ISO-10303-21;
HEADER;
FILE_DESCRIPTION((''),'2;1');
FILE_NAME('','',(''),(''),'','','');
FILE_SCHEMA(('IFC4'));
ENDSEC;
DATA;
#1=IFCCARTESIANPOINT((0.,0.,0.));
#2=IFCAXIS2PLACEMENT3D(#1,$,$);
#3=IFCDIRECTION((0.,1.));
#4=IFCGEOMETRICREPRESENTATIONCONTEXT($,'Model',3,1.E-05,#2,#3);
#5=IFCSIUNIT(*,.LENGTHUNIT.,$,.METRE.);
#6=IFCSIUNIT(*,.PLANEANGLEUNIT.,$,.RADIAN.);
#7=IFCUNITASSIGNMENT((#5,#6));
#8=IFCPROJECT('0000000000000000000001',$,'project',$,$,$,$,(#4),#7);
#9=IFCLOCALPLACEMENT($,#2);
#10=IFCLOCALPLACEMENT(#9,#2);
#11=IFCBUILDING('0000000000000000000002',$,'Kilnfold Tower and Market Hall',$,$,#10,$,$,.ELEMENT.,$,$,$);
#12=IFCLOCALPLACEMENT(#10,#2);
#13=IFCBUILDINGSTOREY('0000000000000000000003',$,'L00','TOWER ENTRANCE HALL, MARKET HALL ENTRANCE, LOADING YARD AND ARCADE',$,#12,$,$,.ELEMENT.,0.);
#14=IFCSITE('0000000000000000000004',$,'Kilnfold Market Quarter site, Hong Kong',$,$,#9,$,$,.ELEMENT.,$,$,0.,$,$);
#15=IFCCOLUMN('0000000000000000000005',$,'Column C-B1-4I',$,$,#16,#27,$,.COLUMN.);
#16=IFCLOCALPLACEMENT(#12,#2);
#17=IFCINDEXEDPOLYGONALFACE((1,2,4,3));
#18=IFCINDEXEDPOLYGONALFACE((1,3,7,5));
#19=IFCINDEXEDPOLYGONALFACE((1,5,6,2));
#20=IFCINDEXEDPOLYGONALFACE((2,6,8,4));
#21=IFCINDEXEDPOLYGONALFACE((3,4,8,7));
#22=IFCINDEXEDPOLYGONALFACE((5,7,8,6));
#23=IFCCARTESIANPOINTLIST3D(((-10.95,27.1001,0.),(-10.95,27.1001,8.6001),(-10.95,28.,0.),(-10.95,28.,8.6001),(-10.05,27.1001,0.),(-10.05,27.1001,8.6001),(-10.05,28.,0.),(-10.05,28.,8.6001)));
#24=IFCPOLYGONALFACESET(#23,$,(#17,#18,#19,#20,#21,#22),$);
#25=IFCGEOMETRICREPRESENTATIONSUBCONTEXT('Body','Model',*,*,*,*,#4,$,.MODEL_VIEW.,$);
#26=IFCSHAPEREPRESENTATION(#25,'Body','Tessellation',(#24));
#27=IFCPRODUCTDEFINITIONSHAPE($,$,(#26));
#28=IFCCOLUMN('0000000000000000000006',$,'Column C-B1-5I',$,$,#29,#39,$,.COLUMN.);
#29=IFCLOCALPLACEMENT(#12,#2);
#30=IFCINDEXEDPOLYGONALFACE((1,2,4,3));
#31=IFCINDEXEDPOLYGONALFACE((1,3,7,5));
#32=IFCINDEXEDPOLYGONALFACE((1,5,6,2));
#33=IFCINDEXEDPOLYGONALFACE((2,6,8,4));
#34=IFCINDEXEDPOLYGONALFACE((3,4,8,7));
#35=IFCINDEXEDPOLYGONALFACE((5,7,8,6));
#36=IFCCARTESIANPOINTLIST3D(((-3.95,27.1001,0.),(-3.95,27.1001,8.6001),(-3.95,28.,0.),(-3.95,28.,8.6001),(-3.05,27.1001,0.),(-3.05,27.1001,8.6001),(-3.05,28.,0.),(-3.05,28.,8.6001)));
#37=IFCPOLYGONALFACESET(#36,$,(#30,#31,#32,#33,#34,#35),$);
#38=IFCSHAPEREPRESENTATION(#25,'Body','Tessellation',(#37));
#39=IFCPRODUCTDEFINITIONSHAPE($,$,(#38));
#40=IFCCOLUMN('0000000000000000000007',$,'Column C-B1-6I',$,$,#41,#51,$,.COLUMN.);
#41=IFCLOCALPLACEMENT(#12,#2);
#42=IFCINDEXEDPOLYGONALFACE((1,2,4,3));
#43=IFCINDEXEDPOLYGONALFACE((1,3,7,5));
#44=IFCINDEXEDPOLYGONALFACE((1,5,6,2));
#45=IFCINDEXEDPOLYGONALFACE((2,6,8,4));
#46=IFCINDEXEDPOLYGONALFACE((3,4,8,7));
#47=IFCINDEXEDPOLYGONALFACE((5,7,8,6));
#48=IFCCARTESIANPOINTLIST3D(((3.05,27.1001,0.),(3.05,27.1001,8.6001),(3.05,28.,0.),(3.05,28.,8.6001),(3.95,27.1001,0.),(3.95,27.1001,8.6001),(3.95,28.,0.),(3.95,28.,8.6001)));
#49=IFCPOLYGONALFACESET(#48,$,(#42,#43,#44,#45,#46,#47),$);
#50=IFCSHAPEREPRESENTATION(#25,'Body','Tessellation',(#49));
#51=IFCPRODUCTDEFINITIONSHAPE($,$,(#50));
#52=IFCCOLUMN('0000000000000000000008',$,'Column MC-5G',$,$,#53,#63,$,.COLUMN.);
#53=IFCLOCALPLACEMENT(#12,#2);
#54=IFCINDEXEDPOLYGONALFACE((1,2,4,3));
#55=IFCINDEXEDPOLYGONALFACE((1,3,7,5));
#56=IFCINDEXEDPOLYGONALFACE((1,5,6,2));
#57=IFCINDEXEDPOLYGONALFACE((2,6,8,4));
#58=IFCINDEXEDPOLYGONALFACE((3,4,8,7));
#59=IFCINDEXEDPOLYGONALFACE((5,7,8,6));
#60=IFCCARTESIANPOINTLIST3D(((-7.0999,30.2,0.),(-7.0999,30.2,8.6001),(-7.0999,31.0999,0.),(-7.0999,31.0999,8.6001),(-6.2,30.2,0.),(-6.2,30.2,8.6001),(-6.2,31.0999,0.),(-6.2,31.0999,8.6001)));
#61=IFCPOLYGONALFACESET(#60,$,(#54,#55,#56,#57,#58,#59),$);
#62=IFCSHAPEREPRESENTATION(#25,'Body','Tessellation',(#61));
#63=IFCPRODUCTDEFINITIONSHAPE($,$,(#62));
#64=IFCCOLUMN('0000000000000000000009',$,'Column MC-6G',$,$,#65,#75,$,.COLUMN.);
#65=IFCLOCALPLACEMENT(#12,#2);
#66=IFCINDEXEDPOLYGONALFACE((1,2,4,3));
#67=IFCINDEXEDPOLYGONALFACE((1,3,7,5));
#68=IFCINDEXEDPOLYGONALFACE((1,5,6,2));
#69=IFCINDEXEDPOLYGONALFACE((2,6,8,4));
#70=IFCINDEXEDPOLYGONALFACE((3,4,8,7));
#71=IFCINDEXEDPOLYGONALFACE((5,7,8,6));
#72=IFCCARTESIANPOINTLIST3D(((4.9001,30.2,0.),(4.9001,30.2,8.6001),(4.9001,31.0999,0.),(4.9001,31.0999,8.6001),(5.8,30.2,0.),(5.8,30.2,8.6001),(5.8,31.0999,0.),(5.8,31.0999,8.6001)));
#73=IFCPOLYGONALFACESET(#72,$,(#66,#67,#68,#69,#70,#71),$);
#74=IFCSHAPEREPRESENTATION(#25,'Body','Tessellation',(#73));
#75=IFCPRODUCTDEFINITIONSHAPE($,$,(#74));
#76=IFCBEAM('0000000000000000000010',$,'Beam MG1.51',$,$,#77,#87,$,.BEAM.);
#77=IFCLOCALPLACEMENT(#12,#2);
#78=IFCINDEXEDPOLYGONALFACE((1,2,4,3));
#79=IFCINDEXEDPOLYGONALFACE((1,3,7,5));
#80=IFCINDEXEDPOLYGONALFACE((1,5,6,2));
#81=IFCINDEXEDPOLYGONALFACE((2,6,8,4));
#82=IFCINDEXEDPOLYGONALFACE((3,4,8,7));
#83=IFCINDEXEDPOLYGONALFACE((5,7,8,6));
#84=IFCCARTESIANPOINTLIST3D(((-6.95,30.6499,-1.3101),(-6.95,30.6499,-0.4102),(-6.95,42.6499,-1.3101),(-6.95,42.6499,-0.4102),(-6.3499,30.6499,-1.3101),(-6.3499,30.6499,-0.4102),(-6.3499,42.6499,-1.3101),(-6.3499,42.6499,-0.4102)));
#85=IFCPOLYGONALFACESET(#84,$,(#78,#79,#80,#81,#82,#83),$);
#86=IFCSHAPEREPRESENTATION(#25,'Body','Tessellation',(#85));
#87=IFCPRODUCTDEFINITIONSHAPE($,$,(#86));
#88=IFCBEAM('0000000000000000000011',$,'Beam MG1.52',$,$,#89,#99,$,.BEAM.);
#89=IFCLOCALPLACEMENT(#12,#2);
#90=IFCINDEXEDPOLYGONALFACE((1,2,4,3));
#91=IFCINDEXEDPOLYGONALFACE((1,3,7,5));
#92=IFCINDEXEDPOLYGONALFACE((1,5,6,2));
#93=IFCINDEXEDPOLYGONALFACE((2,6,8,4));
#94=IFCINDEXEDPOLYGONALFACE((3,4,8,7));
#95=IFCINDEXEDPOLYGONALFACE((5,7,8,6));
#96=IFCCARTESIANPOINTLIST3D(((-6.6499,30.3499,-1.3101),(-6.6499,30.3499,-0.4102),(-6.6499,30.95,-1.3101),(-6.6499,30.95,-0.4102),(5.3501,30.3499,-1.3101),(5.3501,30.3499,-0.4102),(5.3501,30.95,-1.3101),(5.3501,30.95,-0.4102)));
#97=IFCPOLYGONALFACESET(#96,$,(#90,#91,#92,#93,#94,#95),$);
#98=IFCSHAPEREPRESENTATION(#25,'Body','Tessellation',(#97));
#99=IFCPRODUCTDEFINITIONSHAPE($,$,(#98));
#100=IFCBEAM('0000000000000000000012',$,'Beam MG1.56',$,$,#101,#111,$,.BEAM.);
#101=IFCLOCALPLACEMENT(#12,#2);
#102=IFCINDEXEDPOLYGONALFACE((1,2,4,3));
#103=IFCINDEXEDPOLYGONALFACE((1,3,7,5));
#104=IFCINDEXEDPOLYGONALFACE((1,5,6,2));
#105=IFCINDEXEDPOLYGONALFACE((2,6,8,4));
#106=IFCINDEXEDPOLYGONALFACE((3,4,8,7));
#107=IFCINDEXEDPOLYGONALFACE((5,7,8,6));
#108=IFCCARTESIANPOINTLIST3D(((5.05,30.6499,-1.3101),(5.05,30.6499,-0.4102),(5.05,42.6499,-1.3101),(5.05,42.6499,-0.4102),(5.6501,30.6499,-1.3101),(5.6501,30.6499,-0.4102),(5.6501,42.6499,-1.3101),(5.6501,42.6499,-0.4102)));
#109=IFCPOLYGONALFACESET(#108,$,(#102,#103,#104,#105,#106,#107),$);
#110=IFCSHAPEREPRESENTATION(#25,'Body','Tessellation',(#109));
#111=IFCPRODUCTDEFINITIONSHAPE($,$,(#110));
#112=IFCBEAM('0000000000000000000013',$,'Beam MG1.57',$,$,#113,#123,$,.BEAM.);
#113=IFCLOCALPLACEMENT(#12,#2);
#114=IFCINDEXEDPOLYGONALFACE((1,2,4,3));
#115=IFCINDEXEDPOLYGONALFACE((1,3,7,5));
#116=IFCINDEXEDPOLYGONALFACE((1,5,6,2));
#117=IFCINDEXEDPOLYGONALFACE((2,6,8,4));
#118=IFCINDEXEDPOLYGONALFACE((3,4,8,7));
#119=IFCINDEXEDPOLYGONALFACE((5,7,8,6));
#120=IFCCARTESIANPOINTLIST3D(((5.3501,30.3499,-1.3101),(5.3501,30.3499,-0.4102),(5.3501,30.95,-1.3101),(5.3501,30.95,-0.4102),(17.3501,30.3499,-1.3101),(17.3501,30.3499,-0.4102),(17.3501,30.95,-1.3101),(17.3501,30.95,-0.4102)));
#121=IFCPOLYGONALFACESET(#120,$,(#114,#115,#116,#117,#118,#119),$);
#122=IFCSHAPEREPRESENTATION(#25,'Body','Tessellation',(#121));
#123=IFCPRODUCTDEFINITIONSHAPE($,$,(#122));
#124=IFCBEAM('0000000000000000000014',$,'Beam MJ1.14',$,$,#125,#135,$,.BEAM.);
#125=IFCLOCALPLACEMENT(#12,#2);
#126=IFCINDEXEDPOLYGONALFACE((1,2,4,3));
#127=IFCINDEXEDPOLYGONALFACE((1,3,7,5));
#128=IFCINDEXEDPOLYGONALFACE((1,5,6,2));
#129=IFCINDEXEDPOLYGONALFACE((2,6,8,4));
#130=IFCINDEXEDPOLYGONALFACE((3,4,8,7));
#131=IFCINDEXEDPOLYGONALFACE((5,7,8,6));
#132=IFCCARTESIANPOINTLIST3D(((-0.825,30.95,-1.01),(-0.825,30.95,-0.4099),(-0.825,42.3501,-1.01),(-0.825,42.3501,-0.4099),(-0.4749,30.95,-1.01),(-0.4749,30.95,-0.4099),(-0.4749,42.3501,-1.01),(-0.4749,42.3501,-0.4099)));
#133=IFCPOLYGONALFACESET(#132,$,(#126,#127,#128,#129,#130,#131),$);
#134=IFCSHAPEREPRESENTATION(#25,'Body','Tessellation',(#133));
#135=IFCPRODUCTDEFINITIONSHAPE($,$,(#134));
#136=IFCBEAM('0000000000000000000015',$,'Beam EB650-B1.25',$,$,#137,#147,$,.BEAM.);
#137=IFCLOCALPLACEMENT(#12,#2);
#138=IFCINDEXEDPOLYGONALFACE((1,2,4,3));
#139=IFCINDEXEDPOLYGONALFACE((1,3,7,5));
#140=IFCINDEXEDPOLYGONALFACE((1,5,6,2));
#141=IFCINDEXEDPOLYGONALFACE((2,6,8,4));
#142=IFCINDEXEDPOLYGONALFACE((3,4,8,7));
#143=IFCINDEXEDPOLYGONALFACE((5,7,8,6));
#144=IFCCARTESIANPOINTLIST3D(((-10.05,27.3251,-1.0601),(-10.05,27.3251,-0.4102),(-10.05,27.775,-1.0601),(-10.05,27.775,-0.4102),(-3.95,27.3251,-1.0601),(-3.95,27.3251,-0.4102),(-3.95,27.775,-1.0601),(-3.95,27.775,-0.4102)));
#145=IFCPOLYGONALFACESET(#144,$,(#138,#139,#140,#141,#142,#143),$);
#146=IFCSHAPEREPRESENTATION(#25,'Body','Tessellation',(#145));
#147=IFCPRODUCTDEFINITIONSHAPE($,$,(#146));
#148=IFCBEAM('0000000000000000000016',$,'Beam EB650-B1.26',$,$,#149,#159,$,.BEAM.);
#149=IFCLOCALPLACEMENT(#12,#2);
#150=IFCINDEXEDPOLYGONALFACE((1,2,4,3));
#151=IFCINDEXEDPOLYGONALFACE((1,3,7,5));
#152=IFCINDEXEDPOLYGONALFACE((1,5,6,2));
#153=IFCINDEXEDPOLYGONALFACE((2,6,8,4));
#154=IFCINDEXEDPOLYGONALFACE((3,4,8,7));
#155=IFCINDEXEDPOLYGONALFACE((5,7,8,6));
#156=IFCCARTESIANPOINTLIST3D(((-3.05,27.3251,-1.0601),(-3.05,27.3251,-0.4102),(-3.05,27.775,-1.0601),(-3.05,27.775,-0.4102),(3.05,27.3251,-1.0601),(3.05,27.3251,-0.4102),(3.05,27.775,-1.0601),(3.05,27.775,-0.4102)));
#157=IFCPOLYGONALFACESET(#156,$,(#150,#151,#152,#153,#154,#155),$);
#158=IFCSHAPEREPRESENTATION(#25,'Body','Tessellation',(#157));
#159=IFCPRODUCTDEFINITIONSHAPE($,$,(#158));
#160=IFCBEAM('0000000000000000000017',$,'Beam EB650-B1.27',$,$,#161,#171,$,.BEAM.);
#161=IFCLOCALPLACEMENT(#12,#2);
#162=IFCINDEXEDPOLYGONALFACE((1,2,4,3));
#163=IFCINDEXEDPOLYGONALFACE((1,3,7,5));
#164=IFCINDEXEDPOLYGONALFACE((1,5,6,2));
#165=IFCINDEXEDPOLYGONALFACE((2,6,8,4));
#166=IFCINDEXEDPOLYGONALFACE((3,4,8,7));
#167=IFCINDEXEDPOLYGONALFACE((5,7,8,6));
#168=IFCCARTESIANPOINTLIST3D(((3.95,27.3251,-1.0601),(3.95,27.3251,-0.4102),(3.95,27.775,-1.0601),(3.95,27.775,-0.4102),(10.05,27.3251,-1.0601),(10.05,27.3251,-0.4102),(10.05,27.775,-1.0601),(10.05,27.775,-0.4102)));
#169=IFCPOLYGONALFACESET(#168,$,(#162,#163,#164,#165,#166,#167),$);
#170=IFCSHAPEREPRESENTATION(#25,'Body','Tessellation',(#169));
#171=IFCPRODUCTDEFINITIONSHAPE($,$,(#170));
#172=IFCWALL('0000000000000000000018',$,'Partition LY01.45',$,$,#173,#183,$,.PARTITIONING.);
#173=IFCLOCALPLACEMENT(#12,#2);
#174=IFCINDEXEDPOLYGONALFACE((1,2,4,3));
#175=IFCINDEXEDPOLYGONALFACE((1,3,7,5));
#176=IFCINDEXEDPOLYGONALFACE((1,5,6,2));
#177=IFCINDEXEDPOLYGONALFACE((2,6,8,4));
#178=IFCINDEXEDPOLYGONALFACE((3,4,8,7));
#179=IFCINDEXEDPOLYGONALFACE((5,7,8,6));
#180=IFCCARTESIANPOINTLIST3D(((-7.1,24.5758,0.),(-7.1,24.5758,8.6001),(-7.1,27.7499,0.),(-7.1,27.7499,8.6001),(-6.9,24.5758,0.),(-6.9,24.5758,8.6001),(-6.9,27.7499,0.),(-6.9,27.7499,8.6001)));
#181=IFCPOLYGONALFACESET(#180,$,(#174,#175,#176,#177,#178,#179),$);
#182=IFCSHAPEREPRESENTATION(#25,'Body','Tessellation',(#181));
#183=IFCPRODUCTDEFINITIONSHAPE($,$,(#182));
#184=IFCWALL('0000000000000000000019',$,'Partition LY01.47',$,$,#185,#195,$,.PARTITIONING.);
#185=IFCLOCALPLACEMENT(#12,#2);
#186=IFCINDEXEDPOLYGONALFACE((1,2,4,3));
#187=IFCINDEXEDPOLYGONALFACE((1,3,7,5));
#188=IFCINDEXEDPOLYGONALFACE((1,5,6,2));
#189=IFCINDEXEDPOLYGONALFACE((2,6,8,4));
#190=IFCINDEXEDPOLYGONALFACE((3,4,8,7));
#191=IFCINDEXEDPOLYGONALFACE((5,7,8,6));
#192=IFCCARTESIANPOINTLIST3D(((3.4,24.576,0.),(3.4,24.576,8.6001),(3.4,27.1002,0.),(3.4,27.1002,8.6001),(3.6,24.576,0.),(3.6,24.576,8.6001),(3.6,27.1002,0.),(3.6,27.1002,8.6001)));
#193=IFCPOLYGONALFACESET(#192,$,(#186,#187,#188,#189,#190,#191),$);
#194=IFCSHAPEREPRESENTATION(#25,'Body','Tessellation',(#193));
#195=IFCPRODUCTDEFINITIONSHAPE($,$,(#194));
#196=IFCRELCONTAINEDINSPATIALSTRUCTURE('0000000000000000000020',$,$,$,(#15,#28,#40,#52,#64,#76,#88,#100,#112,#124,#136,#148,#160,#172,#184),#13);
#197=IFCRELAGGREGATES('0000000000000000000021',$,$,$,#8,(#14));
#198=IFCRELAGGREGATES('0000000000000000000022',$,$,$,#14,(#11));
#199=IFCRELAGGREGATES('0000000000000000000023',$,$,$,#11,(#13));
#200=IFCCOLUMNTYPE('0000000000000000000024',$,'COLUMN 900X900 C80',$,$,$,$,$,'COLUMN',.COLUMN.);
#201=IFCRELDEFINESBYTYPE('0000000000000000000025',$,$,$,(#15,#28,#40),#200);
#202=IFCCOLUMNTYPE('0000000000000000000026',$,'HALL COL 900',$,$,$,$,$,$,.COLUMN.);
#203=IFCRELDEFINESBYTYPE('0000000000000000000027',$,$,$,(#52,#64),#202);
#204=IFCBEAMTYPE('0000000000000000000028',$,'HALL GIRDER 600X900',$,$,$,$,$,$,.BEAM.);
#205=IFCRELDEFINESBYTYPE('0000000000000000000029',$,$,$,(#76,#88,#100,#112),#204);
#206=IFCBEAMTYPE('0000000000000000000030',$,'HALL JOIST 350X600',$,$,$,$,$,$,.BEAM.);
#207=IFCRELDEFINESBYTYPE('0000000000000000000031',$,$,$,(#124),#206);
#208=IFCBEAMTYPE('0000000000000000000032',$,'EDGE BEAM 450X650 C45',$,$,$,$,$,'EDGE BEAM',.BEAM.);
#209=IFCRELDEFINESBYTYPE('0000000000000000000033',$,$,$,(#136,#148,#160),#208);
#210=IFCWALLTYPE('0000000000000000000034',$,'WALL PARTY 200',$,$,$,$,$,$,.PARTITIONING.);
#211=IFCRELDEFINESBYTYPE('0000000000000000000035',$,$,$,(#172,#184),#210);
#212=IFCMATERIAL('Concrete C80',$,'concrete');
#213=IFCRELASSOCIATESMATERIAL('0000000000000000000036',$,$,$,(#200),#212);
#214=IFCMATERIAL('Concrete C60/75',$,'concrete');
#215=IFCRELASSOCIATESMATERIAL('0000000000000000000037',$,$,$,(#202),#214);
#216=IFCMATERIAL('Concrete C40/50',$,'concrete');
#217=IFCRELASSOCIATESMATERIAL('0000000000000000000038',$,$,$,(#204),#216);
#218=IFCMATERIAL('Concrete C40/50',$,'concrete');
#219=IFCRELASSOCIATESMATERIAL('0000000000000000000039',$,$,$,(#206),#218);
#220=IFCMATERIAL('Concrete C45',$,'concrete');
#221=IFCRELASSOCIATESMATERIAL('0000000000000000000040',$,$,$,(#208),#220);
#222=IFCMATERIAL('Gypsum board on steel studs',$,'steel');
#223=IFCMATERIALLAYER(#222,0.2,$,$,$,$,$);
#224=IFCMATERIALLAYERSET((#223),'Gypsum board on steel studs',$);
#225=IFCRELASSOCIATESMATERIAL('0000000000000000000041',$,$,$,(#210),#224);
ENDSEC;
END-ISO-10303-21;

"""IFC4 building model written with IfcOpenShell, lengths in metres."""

from ifc_helpers import new_model, si_unit, direction, frame, frame_2d, origin, origin_2d, place, context, subcontext, project, spatial, rectangle, extrude, source, transform, mapped, material, layer, layer_set, material_profile, profile_set, type_object, element, save


model = new_model("IFC4")

# Units and contexts
model_context = context("Model", 3, precision=1e-05, world=origin(), true_north=direction((0.0, 1.0)))
body_context = subcontext(model_context, "Body", "Model", "MODEL_VIEW")
ifc_project = project(units=[si_unit("LENGTHUNIT", "METRE"), si_unit("PLANEANGLEUNIT", "RADIAN")], contexts=[model_context])

# Site, building, storey
site_placement = place(None, origin())
site = spatial("IfcSite", under=ifc_project, at=site_placement, Name="Kilnfold Market Quarter site, Hong Kong", CompositionType="ELEMENT", RefElevation=0.0)
building_placement = place(site_placement, origin())
building = spatial("IfcBuilding", under=site, at=building_placement, Name="Kilnfold Tower and Market Hall", CompositionType="ELEMENT")
storey_placement = place(building_placement, origin())
storey = spatial("IfcBuildingStorey", under=building, at=storey_placement, Name="L00", Description="TOWER ENTRANCE HALL, MARKET HALL ENTRANCE, LOADING YARD AND ARCADE", CompositionType="ELEMENT", Elevation=0.0)

# Columns
ifc_material_1 = material(Name="Concrete C80", Category="concrete")
ifc_material_profile_1 = material_profile(ifc_material_1, rectangle(XDim=0.8999, YDim=0.8999, at=origin_2d()), Name="RC 900x900")
ifc_profile_set_1 = profile_set([ifc_material_profile_1], Name="Concrete C80")
column_type_1 = type_object("IfcColumnType", Name="COLUMN 900X900 C80", ElementType="COLUMN", PredefinedType="COLUMN", material=ifc_profile_set_1)
shared_shape_1 = source(origin(), body_context, "Body", "SweptSolid", [
    extrude(rectangle(XDim=0.8999, YDim=0.8999, at=origin_2d()), origin(), (0.0, 0.0, 1.0), 8.6001),
])
for number, where, z_axis, x_axis, name in (
    (1, (-10.5, 27.55, 0.0), (0.0, 0.0, 1.0), (1.0, 0.0, 0.0), "Column C-B1-4I"),
    (2, (-3.5, 27.55, 0.0), (0.0, 0.0, 1.0), (1.0, 0.0, 0.0), "Column C-B1-5I"),
    (3, (3.5, 27.55, 0.0), (0.0, 0.0, 1.0), (1.0, 0.0, 0.0), "Column C-B1-6I"),
):
    element("IfcColumn", number, at=place(storey_placement, frame(where, z_axis=z_axis, x_axis=x_axis)), inside=storey, type_object=column_type_1, Name=name, PredefinedType="COLUMN", context=body_context, shape_type="MappedRepresentation", body=[
        mapped(shared_shape_1, transform((0.0, 0.0, 0.0))),
    ])
ifc_material_2 = material(Name="Concrete C60/75", Category="concrete")
ifc_material_profile_2 = material_profile(ifc_material_2, rectangle(XDim=0.8999, YDim=0.8999, at=origin_2d()), Name="RC 900x900")
ifc_profile_set_2 = profile_set([ifc_material_profile_2], Name="Concrete C60/75")
column_type_2 = type_object("IfcColumnType", Name="HALL COL 900", PredefinedType="COLUMN", material=ifc_profile_set_2)
shared_shape_2 = source(origin(), body_context, "Body", "SweptSolid", [
    extrude(rectangle(XDim=0.8999, YDim=0.8999, at=origin_2d()), origin(), (0.0, 0.0, 1.0), 8.6001),
])
for number, where, z_axis, x_axis, name in (
    (4, (-6.6499, 30.6499, 0.0), (0.0, 0.0, 1.0), (1.0, 0.0, 0.0), "Column MC-5G"),
    (5, (5.3501, 30.6499, 0.0), (0.0, 0.0, 1.0), (1.0, 0.0, 0.0), "Column MC-6G"),
):
    element("IfcColumn", number, at=place(storey_placement, frame(where, z_axis=z_axis, x_axis=x_axis)), inside=storey, type_object=column_type_2, Name=name, PredefinedType="COLUMN", context=body_context, shape_type="MappedRepresentation", body=[
        mapped(shared_shape_2, transform((0.0, 0.0, 0.0))),
    ])

# Beams
ifc_material_3 = material(Name="Concrete C40/50", Category="concrete")
ifc_material_profile_3 = material_profile(ifc_material_3, rectangle(XDim=0.6001, YDim=0.8999, at=origin_2d()), Name="RC 600x900")
ifc_profile_set_3 = profile_set([ifc_material_profile_3], Name="Concrete C40/50")
beam_type_1 = type_object("IfcBeamType", Name="HALL GIRDER 600X900", PredefinedType="BEAM", material=ifc_profile_set_3)
for number, where, z_axis, x_axis, name in (
    (6, (-6.6499, 30.6499, -0.8601), (0.0, 1.0, 0.0), (-1.0, 0.0, 0.0), "Beam MG1.51"),
    (7, (-6.6499, 30.6499, -0.8601), (1.0, 0.0, 0.0), (0.0, 1.0, 0.0), "Beam MG1.52"),
    (8, (5.3501, 30.6499, -0.8601), (0.0, 1.0, 0.0), (-1.0, 0.0, 0.0), "Beam MG1.56"),
    (9, (5.3501, 30.6499, -0.8601), (1.0, 0.0, 0.0), (0.0, 1.0, 0.0), "Beam MG1.57"),
):
    element("IfcBeam", number, at=place(storey_placement, frame(where, z_axis=z_axis, x_axis=x_axis)), inside=storey, type_object=beam_type_1, Name=name, PredefinedType="BEAM", context=body_context, shape_type="SweptSolid", body=[
        extrude(rectangle(XDim=0.6001, YDim=0.8999, at=origin_2d()), origin(), (0.0, 0.0, 1.0), 12.0),
    ])
ifc_material_4 = material(Name="Concrete C40/50", Category="concrete")
ifc_material_profile_4 = material_profile(ifc_material_4, rectangle(XDim=0.3501, YDim=0.6001, at=origin_2d()), Name="RC 350x600")
ifc_profile_set_4 = profile_set([ifc_material_profile_4], Name="Concrete C40/50")
beam_type_2 = type_object("IfcBeamType", Name="HALL JOIST 350X600", PredefinedType="BEAM", material=ifc_profile_set_4)
beam_placement = place(storey_placement, frame((-0.6499, 30.95, -0.71), z_axis=(0.0, 1.0, 0.0), x_axis=(-1.0, 0.0, 0.0)))
element("IfcBeam", 10, at=beam_placement, inside=storey, type_object=beam_type_2, Name="Beam MJ1.14", PredefinedType="BEAM", context=body_context, shape_type="SweptSolid", body=[
    extrude(rectangle(XDim=0.3501, YDim=0.6001, at=origin_2d()), origin(), (0.0, 0.0, 1.0), 11.4001),
])
ifc_material_5 = material(Name="Concrete C45", Category="concrete")
ifc_material_profile_5 = material_profile(ifc_material_5, rectangle(XDim=0.45, YDim=0.6499, at=origin_2d()), Name="RC 450x650")
ifc_profile_set_5 = profile_set([ifc_material_profile_5], Name="Concrete C45")
beam_type_3 = type_object("IfcBeamType", Name="EDGE BEAM 450X650 C45", ElementType="EDGE BEAM", PredefinedType="BEAM", material=ifc_profile_set_5)
shared_shape_3 = source(origin(), body_context, "Body", "SweptSolid", [
    extrude(rectangle(XDim=0.45, YDim=0.6499, at=origin_2d()), origin(), (0.0, 0.0, 1.0), 6.1001),
])
for number, where, z_axis, x_axis, name in (
    (11, (-10.05, 27.55, -0.7351), (1.0, 0.0, 0.0), (0.0, 1.0, 0.0), "Beam EB650-B1.25"),
    (12, (-3.05, 27.55, -0.7351), (1.0, 0.0, 0.0), (0.0, 1.0, 0.0), "Beam EB650-B1.26"),
    (13, (3.95, 27.55, -0.7351), (1.0, 0.0, 0.0), (0.0, 1.0, 0.0), "Beam EB650-B1.27"),
):
    element("IfcBeam", number, at=place(storey_placement, frame(where, z_axis=z_axis, x_axis=x_axis)), inside=storey, type_object=beam_type_3, Name=name, PredefinedType="BEAM", context=body_context, shape_type="MappedRepresentation", body=[
        mapped(shared_shape_3, transform((0.0, 0.0, 0.0))),
    ])

# Walls
ifc_material_6 = material(Name="Gypsum board on steel studs", Category="steel")
ifc_layer_1 = layer(ifc_material_6, 0.2)
ifc_layer_set_1 = layer_set([ifc_layer_1], Name="Gypsum board on steel studs")
wall_type_1 = type_object("IfcWallType", Name="WALL PARTY 200", PredefinedType="PARTITIONING", material=ifc_layer_set_1)
wall_1_placement = place(storey_placement, frame((-7.0, 24.5759, 0.0), z_axis=(0.0, 0.0, 1.0), x_axis=(0.0, 1.0, 0.0)))
element("IfcWall", 14, at=wall_1_placement, inside=storey, type_object=wall_type_1, Name="Partition LY01.45", PredefinedType="PARTITIONING", context=body_context, shape_type="SweptSolid", body=[
    extrude(rectangle(XDim=3.1741, YDim=0.2, at=frame_2d((1.5869, 0.0))), origin(), (0.0, 0.0, 1.0), 8.6001),
])
wall_2_placement = place(storey_placement, frame((3.5, 24.5759, 0.0), z_axis=(0.0, 0.0, 1.0), x_axis=(0.0, 1.0, 0.0)))
element("IfcWall", 15, at=wall_2_placement, inside=storey, type_object=wall_type_1, Name="Partition LY01.47", PredefinedType="PARTITIONING", context=body_context, shape_type="SweptSolid", body=[
    extrude(rectangle(XDim=2.5242, YDim=0.2, at=frame_2d((1.2622, 0.0))), origin(), (0.0, 0.0, 1.0), 8.6001),
])

save(model, "model.ifc")
